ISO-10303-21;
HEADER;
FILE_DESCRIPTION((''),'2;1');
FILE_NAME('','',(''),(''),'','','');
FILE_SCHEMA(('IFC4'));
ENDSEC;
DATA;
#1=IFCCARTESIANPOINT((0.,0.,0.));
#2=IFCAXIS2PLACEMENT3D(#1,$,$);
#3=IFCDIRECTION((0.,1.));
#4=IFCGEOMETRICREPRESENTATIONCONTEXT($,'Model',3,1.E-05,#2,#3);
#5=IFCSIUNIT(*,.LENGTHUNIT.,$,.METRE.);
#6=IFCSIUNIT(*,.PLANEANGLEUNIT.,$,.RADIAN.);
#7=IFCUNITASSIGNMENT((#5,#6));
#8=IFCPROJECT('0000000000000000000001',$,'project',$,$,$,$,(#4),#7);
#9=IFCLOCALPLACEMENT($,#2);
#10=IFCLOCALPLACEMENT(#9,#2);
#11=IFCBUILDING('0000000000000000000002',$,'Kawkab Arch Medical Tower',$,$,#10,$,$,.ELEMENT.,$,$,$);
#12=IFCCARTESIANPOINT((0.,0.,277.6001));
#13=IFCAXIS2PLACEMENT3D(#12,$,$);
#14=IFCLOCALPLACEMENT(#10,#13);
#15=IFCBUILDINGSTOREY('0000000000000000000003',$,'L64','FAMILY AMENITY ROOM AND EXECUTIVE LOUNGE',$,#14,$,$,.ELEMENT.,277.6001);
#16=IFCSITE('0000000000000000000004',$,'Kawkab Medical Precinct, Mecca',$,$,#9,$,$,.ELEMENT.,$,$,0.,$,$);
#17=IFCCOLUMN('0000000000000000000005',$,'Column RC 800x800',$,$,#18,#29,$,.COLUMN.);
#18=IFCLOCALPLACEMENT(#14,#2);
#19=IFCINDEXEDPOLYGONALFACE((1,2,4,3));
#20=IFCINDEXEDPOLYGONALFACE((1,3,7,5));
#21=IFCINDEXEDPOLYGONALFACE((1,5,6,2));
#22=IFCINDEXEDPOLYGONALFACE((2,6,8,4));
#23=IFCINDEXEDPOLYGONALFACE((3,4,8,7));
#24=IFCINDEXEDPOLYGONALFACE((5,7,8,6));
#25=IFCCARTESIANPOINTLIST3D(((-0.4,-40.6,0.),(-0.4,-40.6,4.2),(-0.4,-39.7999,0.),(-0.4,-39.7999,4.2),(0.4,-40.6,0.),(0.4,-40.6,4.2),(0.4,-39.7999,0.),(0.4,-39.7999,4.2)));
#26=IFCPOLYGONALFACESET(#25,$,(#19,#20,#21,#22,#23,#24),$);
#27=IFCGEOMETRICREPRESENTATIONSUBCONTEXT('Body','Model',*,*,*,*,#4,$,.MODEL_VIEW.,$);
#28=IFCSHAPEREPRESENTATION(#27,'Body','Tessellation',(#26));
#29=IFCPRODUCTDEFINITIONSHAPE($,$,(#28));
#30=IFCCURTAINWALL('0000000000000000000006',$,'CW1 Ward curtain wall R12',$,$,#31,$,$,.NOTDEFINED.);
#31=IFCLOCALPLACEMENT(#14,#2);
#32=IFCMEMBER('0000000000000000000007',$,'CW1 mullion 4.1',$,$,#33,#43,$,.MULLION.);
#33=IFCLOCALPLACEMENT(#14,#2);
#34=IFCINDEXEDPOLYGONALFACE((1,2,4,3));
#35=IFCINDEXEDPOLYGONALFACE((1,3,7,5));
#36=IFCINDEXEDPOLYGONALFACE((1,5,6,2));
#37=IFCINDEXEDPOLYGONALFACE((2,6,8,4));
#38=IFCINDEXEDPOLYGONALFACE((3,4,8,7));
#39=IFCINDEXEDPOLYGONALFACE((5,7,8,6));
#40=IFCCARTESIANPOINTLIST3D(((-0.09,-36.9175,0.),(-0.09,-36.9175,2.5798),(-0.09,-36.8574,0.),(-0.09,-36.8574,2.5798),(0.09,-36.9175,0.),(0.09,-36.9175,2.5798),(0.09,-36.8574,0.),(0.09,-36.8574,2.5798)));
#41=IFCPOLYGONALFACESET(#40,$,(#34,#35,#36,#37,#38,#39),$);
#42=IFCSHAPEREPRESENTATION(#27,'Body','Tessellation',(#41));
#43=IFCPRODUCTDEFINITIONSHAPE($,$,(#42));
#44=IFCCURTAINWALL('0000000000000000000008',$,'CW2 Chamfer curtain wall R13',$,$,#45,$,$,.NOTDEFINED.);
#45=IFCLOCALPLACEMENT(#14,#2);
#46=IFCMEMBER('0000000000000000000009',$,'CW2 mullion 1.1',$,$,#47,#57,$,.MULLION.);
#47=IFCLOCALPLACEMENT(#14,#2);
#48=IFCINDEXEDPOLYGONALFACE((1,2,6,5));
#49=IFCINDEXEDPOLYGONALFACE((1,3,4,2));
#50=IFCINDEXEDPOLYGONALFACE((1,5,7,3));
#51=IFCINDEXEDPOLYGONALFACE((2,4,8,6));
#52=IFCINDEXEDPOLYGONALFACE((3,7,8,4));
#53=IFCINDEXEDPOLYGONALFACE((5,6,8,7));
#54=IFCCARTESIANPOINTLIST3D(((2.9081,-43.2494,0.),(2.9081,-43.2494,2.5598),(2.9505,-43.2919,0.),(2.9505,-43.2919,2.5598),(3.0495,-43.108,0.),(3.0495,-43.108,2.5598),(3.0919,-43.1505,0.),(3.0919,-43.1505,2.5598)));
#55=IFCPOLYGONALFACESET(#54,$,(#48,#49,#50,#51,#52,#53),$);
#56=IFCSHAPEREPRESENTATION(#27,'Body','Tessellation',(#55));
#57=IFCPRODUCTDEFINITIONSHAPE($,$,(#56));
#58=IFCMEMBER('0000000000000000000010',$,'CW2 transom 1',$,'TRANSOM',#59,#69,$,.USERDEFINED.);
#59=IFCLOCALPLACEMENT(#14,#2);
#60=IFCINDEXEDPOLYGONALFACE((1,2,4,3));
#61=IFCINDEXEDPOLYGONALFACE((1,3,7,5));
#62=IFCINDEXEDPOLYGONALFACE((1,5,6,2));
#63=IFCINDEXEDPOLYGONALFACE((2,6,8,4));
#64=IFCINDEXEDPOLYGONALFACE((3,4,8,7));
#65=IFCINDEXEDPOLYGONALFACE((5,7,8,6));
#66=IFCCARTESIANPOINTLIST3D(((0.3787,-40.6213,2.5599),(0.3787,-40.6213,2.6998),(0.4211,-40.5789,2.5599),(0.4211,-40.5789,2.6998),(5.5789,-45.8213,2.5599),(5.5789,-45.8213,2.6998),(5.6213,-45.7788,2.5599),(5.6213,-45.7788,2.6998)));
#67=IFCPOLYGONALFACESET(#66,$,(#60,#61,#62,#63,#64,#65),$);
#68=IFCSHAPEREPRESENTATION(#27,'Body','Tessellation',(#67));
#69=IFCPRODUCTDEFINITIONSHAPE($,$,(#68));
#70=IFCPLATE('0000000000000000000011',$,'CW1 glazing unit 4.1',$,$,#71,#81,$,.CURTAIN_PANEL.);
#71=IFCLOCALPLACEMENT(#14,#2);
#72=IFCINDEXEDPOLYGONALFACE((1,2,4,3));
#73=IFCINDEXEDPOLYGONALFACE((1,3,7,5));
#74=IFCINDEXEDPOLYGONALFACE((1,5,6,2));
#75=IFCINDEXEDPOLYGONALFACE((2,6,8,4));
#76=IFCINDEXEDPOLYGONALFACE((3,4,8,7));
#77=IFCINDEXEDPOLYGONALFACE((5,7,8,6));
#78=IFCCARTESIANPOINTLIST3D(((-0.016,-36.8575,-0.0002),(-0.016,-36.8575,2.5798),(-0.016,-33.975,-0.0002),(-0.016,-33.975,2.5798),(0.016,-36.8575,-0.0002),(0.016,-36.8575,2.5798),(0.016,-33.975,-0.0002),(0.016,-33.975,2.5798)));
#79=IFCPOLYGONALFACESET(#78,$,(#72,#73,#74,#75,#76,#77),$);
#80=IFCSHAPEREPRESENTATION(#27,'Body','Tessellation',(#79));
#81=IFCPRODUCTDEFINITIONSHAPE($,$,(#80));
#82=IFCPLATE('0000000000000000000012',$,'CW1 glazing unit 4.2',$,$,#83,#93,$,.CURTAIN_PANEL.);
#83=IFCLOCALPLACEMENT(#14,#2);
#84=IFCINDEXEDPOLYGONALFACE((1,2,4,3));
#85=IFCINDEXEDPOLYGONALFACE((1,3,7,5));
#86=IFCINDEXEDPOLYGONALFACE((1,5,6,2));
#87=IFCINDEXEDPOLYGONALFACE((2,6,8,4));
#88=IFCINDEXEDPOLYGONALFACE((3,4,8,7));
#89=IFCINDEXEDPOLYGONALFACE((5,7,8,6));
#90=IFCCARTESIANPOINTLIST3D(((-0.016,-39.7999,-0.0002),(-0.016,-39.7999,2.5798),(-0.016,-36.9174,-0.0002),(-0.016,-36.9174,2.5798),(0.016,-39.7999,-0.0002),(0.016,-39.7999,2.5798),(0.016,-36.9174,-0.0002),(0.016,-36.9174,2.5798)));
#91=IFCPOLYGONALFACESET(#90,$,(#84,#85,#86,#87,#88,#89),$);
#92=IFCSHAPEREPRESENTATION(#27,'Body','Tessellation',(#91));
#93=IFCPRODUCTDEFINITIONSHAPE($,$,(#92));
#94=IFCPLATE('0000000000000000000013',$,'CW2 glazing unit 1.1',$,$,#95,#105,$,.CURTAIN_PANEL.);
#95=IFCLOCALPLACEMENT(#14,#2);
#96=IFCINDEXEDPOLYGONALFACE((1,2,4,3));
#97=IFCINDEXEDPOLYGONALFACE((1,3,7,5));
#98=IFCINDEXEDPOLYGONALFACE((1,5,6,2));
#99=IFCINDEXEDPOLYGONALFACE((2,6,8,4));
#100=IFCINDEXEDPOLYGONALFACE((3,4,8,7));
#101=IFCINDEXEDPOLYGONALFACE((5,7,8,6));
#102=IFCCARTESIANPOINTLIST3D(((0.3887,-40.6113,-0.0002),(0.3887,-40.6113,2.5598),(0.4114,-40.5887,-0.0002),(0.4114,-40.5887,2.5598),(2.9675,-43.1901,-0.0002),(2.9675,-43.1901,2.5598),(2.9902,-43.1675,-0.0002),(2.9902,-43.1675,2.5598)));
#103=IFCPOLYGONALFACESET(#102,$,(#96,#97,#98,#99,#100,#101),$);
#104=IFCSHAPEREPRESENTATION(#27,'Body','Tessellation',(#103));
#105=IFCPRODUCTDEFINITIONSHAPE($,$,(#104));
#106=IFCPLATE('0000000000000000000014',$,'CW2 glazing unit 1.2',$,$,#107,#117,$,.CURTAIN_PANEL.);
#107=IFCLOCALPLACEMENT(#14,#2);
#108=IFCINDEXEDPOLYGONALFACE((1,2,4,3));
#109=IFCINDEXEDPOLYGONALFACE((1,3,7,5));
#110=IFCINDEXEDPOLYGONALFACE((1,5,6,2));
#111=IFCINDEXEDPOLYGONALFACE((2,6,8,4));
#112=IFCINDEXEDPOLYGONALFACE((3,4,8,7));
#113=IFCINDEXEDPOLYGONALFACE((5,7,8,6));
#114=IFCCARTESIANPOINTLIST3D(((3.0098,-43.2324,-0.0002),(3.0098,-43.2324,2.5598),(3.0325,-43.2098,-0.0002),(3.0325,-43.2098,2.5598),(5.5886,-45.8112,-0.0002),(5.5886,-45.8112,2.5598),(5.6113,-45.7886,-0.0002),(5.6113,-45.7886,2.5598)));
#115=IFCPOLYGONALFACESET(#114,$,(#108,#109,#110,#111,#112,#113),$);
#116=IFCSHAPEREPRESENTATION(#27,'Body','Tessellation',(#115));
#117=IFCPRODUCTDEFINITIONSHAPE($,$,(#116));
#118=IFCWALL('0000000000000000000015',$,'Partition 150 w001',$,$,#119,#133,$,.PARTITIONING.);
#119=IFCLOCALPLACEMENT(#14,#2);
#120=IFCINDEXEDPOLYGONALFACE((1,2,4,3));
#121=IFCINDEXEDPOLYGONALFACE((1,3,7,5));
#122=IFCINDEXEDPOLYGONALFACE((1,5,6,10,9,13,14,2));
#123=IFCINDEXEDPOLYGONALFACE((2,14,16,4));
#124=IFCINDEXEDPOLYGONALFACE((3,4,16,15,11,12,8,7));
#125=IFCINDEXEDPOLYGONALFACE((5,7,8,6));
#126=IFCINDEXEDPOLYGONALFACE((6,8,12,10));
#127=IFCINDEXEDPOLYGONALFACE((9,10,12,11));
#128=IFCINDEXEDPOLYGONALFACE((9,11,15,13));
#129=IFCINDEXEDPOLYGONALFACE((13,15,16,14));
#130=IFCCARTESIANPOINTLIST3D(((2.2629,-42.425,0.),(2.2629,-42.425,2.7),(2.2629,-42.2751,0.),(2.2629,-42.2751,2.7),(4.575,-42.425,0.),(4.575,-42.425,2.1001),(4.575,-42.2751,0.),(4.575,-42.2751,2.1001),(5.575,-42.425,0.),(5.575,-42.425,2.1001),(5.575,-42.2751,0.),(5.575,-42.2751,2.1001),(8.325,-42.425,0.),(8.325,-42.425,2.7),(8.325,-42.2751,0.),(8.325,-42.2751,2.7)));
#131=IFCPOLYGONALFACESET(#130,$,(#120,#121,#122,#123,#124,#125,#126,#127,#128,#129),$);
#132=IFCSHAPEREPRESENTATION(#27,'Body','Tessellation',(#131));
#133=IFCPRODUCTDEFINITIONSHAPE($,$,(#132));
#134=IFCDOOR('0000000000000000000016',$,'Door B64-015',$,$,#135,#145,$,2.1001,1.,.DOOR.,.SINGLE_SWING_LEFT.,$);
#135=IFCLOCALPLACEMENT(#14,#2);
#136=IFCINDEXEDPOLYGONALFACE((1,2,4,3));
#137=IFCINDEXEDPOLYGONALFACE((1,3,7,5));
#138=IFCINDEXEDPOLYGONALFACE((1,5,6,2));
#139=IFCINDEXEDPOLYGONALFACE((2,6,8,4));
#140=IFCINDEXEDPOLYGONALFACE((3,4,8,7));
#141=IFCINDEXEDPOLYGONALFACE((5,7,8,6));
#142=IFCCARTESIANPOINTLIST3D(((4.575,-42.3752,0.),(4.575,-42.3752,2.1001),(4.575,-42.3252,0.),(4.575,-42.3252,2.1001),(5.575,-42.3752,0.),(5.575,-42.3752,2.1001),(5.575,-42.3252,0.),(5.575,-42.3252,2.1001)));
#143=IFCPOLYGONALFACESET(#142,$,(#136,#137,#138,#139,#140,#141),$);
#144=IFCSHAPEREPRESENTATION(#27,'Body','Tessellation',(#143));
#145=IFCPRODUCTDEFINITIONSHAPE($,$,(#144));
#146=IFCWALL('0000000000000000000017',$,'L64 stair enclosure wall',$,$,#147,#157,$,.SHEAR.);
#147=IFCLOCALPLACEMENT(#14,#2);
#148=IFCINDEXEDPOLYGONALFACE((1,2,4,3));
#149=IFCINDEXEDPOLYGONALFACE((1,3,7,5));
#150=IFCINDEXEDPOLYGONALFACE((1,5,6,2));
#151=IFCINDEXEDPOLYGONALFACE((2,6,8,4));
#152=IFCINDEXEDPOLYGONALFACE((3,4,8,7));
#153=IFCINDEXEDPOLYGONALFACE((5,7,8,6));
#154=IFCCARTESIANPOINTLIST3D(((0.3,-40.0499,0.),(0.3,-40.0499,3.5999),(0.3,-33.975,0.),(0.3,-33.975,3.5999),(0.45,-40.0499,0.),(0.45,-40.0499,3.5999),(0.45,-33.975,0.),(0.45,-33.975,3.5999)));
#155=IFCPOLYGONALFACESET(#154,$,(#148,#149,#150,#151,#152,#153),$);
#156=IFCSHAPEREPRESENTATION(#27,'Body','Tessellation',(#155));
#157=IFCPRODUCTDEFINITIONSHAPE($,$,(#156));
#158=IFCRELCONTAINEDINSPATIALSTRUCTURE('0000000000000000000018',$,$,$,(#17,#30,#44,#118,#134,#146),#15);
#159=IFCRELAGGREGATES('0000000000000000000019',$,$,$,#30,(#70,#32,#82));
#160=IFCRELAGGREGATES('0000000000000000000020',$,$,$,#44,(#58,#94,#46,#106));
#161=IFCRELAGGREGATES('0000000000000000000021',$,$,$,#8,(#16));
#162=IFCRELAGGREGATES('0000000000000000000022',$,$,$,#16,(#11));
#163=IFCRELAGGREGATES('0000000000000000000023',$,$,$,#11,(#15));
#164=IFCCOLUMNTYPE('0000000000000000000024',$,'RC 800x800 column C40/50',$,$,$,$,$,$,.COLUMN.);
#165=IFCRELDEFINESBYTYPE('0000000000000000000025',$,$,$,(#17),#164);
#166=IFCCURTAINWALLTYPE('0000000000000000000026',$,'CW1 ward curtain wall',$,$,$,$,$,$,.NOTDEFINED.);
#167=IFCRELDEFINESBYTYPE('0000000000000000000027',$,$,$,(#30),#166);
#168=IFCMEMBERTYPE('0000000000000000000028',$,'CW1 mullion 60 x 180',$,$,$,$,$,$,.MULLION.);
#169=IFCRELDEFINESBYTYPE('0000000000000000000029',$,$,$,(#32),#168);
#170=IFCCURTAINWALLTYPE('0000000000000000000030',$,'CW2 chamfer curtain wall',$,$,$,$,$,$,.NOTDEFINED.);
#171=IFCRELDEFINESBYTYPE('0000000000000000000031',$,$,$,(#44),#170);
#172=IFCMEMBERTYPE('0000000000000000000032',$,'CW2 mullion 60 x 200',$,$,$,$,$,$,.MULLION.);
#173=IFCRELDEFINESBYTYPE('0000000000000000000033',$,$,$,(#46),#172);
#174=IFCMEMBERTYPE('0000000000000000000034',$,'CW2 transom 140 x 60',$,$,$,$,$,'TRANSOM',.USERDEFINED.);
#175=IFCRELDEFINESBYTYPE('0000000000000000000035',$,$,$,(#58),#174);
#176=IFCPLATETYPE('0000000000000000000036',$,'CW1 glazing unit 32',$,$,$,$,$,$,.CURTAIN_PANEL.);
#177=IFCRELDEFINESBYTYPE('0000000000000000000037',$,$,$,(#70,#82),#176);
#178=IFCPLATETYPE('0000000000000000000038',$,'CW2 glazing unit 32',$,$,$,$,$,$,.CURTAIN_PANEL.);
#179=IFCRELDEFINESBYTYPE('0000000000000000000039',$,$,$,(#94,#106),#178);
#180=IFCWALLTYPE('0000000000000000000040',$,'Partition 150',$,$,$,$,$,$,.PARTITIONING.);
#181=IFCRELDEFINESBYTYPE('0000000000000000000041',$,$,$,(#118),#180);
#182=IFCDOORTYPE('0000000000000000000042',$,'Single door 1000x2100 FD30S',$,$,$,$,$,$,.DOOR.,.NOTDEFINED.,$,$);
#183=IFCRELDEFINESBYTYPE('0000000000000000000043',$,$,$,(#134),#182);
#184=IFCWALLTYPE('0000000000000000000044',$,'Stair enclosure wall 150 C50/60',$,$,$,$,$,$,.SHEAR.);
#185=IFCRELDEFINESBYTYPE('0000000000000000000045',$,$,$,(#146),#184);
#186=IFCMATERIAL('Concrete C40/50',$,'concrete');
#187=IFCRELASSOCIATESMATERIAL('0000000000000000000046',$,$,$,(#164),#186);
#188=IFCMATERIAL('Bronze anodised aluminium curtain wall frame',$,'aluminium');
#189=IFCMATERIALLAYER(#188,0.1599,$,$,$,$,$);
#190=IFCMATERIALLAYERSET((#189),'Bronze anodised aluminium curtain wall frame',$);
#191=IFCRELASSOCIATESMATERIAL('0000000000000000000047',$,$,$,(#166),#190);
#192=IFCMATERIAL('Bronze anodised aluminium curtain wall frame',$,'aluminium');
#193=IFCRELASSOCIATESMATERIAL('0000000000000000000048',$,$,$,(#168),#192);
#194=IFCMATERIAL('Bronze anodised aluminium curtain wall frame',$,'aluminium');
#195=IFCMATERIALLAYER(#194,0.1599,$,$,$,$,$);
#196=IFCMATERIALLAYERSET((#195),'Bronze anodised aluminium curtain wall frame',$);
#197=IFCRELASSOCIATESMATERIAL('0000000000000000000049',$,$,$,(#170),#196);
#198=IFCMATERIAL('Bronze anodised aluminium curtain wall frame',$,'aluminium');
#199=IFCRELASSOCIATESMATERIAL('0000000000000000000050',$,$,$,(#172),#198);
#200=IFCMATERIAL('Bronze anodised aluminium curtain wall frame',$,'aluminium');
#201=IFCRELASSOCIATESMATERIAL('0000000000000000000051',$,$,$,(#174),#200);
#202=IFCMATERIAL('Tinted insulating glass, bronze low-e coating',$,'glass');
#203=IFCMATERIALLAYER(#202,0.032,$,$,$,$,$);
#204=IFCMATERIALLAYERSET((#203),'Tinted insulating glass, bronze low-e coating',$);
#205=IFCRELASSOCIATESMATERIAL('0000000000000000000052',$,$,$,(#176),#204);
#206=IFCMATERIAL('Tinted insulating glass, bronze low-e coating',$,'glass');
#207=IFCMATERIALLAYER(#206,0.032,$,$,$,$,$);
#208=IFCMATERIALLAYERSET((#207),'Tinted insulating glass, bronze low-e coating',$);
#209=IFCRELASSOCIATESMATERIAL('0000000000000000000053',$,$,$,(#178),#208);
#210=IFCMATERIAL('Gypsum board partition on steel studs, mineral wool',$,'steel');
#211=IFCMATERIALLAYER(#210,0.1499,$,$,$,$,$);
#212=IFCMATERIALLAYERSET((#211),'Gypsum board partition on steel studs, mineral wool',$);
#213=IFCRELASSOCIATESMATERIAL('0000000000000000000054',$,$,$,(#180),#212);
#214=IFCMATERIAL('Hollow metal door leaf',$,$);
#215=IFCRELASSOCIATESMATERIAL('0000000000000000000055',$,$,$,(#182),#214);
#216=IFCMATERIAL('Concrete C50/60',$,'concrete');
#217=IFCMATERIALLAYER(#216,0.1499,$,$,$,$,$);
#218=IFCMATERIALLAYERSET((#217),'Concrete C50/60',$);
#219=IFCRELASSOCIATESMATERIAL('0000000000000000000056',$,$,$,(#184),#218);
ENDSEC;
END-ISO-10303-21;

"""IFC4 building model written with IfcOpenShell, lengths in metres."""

from ifc_helpers import new_model, si_unit, direction, frame, frame_2d, origin, origin_2d, place, context, subcontext, project, spatial, rectangle, extrude, material, layer, layer_set, material_profile, profile_set, type_object, element, fill, aggregate, save


model = new_model("IFC4")

# Units and contexts
model_context = context("Model", 3, precision=1e-05, world=origin(), true_north=direction((0.0, 1.0)))
body_context = subcontext(model_context, "Body", "Model", "MODEL_VIEW")
ifc_project = project(units=[si_unit("LENGTHUNIT", "METRE"), si_unit("PLANEANGLEUNIT", "RADIAN")], contexts=[model_context])

# Site, building, storey
site_placement = place(None, origin())
site = spatial("IfcSite", under=ifc_project, at=site_placement, Name="Kawkab Medical Precinct, Mecca", CompositionType="ELEMENT", RefElevation=0.0)
building_placement = place(site_placement, origin())
building = spatial("IfcBuilding", under=site, at=building_placement, Name="Kawkab Arch Medical Tower", CompositionType="ELEMENT")
storey_placement = place(building_placement, frame((0.0, 0.0, 277.6001)))
storey = spatial("IfcBuildingStorey", under=building, at=storey_placement, Name="L64", Description="FAMILY AMENITY ROOM AND EXECUTIVE LOUNGE", CompositionType="ELEMENT", Elevation=277.6001)

# Column
ifc_material_1 = material(Name="Concrete C40/50", Category="concrete")
ifc_material_profile_1 = material_profile(ifc_material_1, rectangle(XDim=0.8, YDim=0.8, at=origin_2d()), Name="RC 800x800")
ifc_profile_set_1 = profile_set([ifc_material_profile_1], Name="Concrete C40/50")
column_type = type_object("IfcColumnType", Name="RC 800x800 column C40/50", PredefinedType="COLUMN", material=ifc_profile_set_1)
column_placement = place(storey_placement, frame((0.0, -40.2, 0.0), z_axis=(0.0, 0.0, 1.0), x_axis=(1.0, 0.0, 0.0)))
element("IfcColumn", 1, at=column_placement, inside=storey, type_object=column_type, Name="Column RC 800x800", PredefinedType="COLUMN", context=body_context, shape_type="SweptSolid", body=[
    extrude(rectangle(XDim=0.8, YDim=0.8, at=origin_2d()), origin(), (0.0, 0.0, 1.0), 4.2),
])

# Curtain wall, member
ifc_material_2 = material(Name="Bronze anodised aluminium curtain wall frame", Category="aluminium")
ifc_layer_1 = layer(ifc_material_2, 0.1599)
ifc_layer_set_1 = layer_set([ifc_layer_1], Name="Bronze anodised aluminium curtain wall frame")
curtain_wall_type_1 = type_object("IfcCurtainWallType", Name="CW1 ward curtain wall", PredefinedType="NOTDEFINED", material=ifc_layer_set_1)
placement = place(storey_placement, origin())
curtain_wall_1 = element("IfcCurtainWall", 2, at=placement, inside=storey, type_object=curtain_wall_type_1, Name="CW1 Ward curtain wall R12", PredefinedType="NOTDEFINED")
ifc_material_3 = material(Name="Bronze anodised aluminium curtain wall frame", Category="aluminium")
ifc_material_profile_2 = material_profile(ifc_material_3, rectangle(XDim=0.1799, YDim=0.0601, at=origin_2d()), Name="AL 60x180")
ifc_profile_set_2 = profile_set([ifc_material_profile_2], Name="Bronze anodised aluminium curtain wall frame")
member_type_1 = type_object("IfcMemberType", Name="CW1 mullion 60 x 180", PredefinedType="MULLION", material=ifc_profile_set_2)
member_1_placement = place(storey_placement, frame((0.0, -36.8875, 0.0), z_axis=(0.0, 0.0, 1.0), x_axis=(1.0, 0.0, 0.0)))
member_1 = element("IfcMember", 3, at=member_1_placement, type_object=member_type_1, Name="CW1 mullion 4.1", PredefinedType="MULLION", context=body_context, shape_type="SweptSolid", body=[
    extrude(rectangle(XDim=0.1799, YDim=0.0601, at=origin_2d()), origin(), (0.0, 0.0, 1.0), 2.5798),
])

# Curtain wall, members
ifc_material_4 = material(Name="Bronze anodised aluminium curtain wall frame", Category="aluminium")
ifc_layer_2 = layer(ifc_material_4, 0.1599)
ifc_layer_set_2 = layer_set([ifc_layer_2], Name="Bronze anodised aluminium curtain wall frame")
curtain_wall_type_2 = type_object("IfcCurtainWallType", Name="CW2 chamfer curtain wall", PredefinedType="NOTDEFINED", material=ifc_layer_set_2)
curtain_wall_2 = element("IfcCurtainWall", 4, at=placement, inside=storey, type_object=curtain_wall_type_2, Name="CW2 Chamfer curtain wall R13", PredefinedType="NOTDEFINED")
ifc_material_5 = material(Name="Bronze anodised aluminium curtain wall frame", Category="aluminium")
ifc_material_profile_3 = material_profile(ifc_material_5, rectangle(XDim=0.2, YDim=0.0601, at=origin_2d()), Name="AL 60x200")
ifc_profile_set_3 = profile_set([ifc_material_profile_3], Name="Bronze anodised aluminium curtain wall frame")
member_type_2 = type_object("IfcMemberType", Name="CW2 mullion 60 x 200", PredefinedType="MULLION", material=ifc_profile_set_3)
member_2_placement = place(storey_placement, frame((3.0, -43.2, 0.0), z_axis=(0.0, 0.0, 1.0), x_axis=(0.707107, 0.707107, 0.0)))
member_2 = element("IfcMember", 5, at=member_2_placement, type_object=member_type_2, Name="CW2 mullion 1.1", PredefinedType="MULLION", context=body_context, shape_type="SweptSolid", body=[
    extrude(rectangle(XDim=0.2, YDim=0.0601, at=origin_2d()), origin(), (0.0, 0.0, 1.0), 2.5598),
])
ifc_material_6 = material(Name="Bronze anodised aluminium curtain wall frame", Category="aluminium")
ifc_material_profile_4 = material_profile(ifc_material_6, rectangle(XDim=0.0601, YDim=0.1399, at=origin_2d()), Name="AL 60x140")
ifc_profile_set_4 = profile_set([ifc_material_profile_4], Name="Bronze anodised aluminium curtain wall frame")
member_type_3 = type_object("IfcMemberType", Name="CW2 transom 140 x 60", ElementType="TRANSOM", PredefinedType="USERDEFINED", material=ifc_profile_set_4)
member_3_placement = place(storey_placement, frame((0.3999, -40.6001, 2.6299), z_axis=(0.707123, -0.70709, 0.0), x_axis=(0.70709, 0.707123, 0.0)))
member_3 = element("IfcMember", 6, at=member_3_placement, type_object=member_type_3, Name="CW2 transom 1", ObjectType="TRANSOM", PredefinedType="USERDEFINED", context=body_context, shape_type="SweptSolid", body=[
    extrude(rectangle(XDim=0.0601, YDim=0.1399, at=origin_2d()), origin(), (0.0, 0.0, 1.0), 7.354),
])

# Plates
ifc_material_7 = material(Name="Tinted insulating glass, bronze low-e coating", Category="glass")
ifc_layer_3 = layer(ifc_material_7, 0.032)
ifc_layer_set_3 = layer_set([ifc_layer_3], Name="Tinted insulating glass, bronze low-e coating")
plate_type_1 = type_object("IfcPlateType", Name="CW1 glazing unit 32", PredefinedType="CURTAIN_PANEL", material=ifc_layer_set_3)
plate_1_placement = place(storey_placement, frame((0.0, -35.4163, -0.0002), z_axis=(0.0, 0.0, 1.0), x_axis=(0.0, -1.0, 0.0)))
plate_1 = element("IfcPlate", 7, at=plate_1_placement, type_object=plate_type_1, Name="CW1 glazing unit 4.1", PredefinedType="CURTAIN_PANEL", context=body_context, shape_type="SweptSolid", body=[
    extrude(rectangle(XDim=2.8826, YDim=0.032, at=origin_2d()), origin(), (0.0, 0.0, 1.0), 2.5801),
])
plate_2_placement = place(storey_placement, frame((0.0, -38.3586, -0.0002), z_axis=(0.0, 0.0, 1.0), x_axis=(0.0, -1.0, 0.0)))
plate_2 = element("IfcPlate", 8, at=plate_2_placement, type_object=plate_type_1, Name="CW1 glazing unit 4.2", PredefinedType="CURTAIN_PANEL", context=body_context, shape_type="SweptSolid", body=[
    extrude(rectangle(XDim=2.8826, YDim=0.032, at=origin_2d()), origin(), (0.0, 0.0, 1.0), 2.5801),
])
aggregate(curtain_wall_1, [plate_1, member_1, plate_2])
ifc_material_8 = material(Name="Tinted insulating glass, bronze low-e coating", Category="glass")
ifc_layer_4 = layer(ifc_material_8, 0.032)
ifc_layer_set_4 = layer_set([ifc_layer_4], Name="Tinted insulating glass, bronze low-e coating")
plate_type_2 = type_object("IfcPlateType", Name="CW2 glazing unit 32", PredefinedType="CURTAIN_PANEL", material=ifc_layer_set_4)
plate_3_placement = place(storey_placement, frame((1.6895, -41.8894, -0.0002), z_axis=(0.0, 0.0, 1.0), x_axis=(0.707107, -0.707107, 0.0)))
plate_3 = element("IfcPlate", 9, at=plate_3_placement, type_object=plate_type_2, Name="CW2 glazing unit 1.1", PredefinedType="CURTAIN_PANEL", context=body_context, shape_type="SweptSolid", body=[
    extrude(rectangle(XDim=3.647, YDim=0.032, at=origin_2d()), origin(), (0.0, 0.0, 1.0), 2.5601),
])
plate_4_placement = place(storey_placement, frame((4.3105, -44.5105, -0.0002), z_axis=(0.0, 0.0, 1.0), x_axis=(0.707107, -0.707107, 0.0)))
plate_4 = element("IfcPlate", 10, at=plate_4_placement, type_object=plate_type_2, Name="CW2 glazing unit 1.2", PredefinedType="CURTAIN_PANEL", context=body_context, shape_type="SweptSolid", body=[
    extrude(rectangle(XDim=3.647, YDim=0.032, at=origin_2d()), origin(), (0.0, 0.0, 1.0), 2.5601),
])
aggregate(curtain_wall_2, [member_3, plate_3, member_2, plate_4])

# Wall, opening, door
ifc_material_9 = material(Name="Gypsum board partition on steel studs, mineral wool", Category="steel")
ifc_layer_5 = layer(ifc_material_9, 0.1499)
ifc_layer_set_5 = layer_set([ifc_layer_5], Name="Gypsum board partition on steel studs, mineral wool")
wall_type_1 = type_object("IfcWallType", Name="Partition 150", PredefinedType="PARTITIONING", material=ifc_layer_set_5)
wall_1_placement = place(storey_placement, frame((2.2629, -42.3501, 0.0), z_axis=(0.0, 0.0, 1.0), x_axis=(1.0, 0.0, 0.0)))
wall_1 = element("IfcWall", 11, at=wall_1_placement, inside=storey, type_object=wall_type_1, Name="Partition 150 w001", PredefinedType="PARTITIONING", context=body_context, shape_type="SweptSolid", body=[
    extrude(rectangle(XDim=6.062, YDim=0.1499, at=frame_2d((3.031, 0.0))), origin(), (0.0, 0.0, 1.0), 2.7),
])
opening_1_placement = place(wall_1_placement, frame((2.312, 0.0, 0.0)))
opening_1 = element("IfcOpeningElement", 12, at=opening_1_placement, cuts=wall_1, PredefinedType="OPENING", context=body_context, shape_type="SweptSolid", body=[
    extrude(rectangle(XDim=1.0, YDim=2.1001, at=frame_2d((0.5, 1.05))), frame((0.0, 0.085, 0.0), z_axis=(0.0, -1.0, 0.0), x_axis=(1.0, 0.0, 0.0)), (0.0, 0.0, 1.0), 0.1699),
])
ifc_material_10 = material(Name="Hollow metal door leaf")
door_type_1 = type_object("IfcDoorType", Name="Single door 1000x2100 FD30S", OperationType="NOTDEFINED", PredefinedType="DOOR", material=ifc_material_10)
door_1_placement = place(opening_1_placement, origin())
door_1 = element("IfcDoor", 13, at=door_1_placement, inside=storey, type_object=door_type_1, Name="Door B64-015", OperationType="SINGLE_SWING_LEFT", OverallHeight=2.1001, OverallWidth=1.0, PredefinedType="DOOR", context=body_context, shape_type="SweptSolid", body=[
    extrude(rectangle(XDim=1.0, YDim=2.1001, at=frame_2d((0.5, 1.05))), frame((0.0, 0.0249, 0.0), z_axis=(0.0, -1.0, 0.0), x_axis=(1.0, 0.0, 0.0)), (0.0, 0.0, 1.0), 0.05),
])
fill(opening_1, door_1)

# Wall
ifc_material_11 = material(Name="Concrete C50/60", Category="concrete")
ifc_layer_6 = layer(ifc_material_11, 0.1499)
ifc_layer_set_6 = layer_set([ifc_layer_6], Name="Concrete C50/60")
wall_type_2 = type_object("IfcWallType", Name="Stair enclosure wall 150 C50/60", PredefinedType="SHEAR", material=ifc_layer_set_6)
wall_2_placement = place(storey_placement, frame((0.375, -40.05, 0.0), z_axis=(0.0, 0.0, 1.0), x_axis=(0.0, 1.0, 0.0)))
element("IfcWall", 14, at=wall_2_placement, inside=storey, type_object=wall_type_2, Name="L64 stair enclosure wall", PredefinedType="SHEAR", context=body_context, shape_type="SweptSolid", body=[
    extrude(rectangle(XDim=6.075, YDim=0.1499, at=frame_2d((3.0376, 0.0))), origin(), (0.0, 0.0, 1.0), 3.5999),
])

save(model, "model.ifc")
